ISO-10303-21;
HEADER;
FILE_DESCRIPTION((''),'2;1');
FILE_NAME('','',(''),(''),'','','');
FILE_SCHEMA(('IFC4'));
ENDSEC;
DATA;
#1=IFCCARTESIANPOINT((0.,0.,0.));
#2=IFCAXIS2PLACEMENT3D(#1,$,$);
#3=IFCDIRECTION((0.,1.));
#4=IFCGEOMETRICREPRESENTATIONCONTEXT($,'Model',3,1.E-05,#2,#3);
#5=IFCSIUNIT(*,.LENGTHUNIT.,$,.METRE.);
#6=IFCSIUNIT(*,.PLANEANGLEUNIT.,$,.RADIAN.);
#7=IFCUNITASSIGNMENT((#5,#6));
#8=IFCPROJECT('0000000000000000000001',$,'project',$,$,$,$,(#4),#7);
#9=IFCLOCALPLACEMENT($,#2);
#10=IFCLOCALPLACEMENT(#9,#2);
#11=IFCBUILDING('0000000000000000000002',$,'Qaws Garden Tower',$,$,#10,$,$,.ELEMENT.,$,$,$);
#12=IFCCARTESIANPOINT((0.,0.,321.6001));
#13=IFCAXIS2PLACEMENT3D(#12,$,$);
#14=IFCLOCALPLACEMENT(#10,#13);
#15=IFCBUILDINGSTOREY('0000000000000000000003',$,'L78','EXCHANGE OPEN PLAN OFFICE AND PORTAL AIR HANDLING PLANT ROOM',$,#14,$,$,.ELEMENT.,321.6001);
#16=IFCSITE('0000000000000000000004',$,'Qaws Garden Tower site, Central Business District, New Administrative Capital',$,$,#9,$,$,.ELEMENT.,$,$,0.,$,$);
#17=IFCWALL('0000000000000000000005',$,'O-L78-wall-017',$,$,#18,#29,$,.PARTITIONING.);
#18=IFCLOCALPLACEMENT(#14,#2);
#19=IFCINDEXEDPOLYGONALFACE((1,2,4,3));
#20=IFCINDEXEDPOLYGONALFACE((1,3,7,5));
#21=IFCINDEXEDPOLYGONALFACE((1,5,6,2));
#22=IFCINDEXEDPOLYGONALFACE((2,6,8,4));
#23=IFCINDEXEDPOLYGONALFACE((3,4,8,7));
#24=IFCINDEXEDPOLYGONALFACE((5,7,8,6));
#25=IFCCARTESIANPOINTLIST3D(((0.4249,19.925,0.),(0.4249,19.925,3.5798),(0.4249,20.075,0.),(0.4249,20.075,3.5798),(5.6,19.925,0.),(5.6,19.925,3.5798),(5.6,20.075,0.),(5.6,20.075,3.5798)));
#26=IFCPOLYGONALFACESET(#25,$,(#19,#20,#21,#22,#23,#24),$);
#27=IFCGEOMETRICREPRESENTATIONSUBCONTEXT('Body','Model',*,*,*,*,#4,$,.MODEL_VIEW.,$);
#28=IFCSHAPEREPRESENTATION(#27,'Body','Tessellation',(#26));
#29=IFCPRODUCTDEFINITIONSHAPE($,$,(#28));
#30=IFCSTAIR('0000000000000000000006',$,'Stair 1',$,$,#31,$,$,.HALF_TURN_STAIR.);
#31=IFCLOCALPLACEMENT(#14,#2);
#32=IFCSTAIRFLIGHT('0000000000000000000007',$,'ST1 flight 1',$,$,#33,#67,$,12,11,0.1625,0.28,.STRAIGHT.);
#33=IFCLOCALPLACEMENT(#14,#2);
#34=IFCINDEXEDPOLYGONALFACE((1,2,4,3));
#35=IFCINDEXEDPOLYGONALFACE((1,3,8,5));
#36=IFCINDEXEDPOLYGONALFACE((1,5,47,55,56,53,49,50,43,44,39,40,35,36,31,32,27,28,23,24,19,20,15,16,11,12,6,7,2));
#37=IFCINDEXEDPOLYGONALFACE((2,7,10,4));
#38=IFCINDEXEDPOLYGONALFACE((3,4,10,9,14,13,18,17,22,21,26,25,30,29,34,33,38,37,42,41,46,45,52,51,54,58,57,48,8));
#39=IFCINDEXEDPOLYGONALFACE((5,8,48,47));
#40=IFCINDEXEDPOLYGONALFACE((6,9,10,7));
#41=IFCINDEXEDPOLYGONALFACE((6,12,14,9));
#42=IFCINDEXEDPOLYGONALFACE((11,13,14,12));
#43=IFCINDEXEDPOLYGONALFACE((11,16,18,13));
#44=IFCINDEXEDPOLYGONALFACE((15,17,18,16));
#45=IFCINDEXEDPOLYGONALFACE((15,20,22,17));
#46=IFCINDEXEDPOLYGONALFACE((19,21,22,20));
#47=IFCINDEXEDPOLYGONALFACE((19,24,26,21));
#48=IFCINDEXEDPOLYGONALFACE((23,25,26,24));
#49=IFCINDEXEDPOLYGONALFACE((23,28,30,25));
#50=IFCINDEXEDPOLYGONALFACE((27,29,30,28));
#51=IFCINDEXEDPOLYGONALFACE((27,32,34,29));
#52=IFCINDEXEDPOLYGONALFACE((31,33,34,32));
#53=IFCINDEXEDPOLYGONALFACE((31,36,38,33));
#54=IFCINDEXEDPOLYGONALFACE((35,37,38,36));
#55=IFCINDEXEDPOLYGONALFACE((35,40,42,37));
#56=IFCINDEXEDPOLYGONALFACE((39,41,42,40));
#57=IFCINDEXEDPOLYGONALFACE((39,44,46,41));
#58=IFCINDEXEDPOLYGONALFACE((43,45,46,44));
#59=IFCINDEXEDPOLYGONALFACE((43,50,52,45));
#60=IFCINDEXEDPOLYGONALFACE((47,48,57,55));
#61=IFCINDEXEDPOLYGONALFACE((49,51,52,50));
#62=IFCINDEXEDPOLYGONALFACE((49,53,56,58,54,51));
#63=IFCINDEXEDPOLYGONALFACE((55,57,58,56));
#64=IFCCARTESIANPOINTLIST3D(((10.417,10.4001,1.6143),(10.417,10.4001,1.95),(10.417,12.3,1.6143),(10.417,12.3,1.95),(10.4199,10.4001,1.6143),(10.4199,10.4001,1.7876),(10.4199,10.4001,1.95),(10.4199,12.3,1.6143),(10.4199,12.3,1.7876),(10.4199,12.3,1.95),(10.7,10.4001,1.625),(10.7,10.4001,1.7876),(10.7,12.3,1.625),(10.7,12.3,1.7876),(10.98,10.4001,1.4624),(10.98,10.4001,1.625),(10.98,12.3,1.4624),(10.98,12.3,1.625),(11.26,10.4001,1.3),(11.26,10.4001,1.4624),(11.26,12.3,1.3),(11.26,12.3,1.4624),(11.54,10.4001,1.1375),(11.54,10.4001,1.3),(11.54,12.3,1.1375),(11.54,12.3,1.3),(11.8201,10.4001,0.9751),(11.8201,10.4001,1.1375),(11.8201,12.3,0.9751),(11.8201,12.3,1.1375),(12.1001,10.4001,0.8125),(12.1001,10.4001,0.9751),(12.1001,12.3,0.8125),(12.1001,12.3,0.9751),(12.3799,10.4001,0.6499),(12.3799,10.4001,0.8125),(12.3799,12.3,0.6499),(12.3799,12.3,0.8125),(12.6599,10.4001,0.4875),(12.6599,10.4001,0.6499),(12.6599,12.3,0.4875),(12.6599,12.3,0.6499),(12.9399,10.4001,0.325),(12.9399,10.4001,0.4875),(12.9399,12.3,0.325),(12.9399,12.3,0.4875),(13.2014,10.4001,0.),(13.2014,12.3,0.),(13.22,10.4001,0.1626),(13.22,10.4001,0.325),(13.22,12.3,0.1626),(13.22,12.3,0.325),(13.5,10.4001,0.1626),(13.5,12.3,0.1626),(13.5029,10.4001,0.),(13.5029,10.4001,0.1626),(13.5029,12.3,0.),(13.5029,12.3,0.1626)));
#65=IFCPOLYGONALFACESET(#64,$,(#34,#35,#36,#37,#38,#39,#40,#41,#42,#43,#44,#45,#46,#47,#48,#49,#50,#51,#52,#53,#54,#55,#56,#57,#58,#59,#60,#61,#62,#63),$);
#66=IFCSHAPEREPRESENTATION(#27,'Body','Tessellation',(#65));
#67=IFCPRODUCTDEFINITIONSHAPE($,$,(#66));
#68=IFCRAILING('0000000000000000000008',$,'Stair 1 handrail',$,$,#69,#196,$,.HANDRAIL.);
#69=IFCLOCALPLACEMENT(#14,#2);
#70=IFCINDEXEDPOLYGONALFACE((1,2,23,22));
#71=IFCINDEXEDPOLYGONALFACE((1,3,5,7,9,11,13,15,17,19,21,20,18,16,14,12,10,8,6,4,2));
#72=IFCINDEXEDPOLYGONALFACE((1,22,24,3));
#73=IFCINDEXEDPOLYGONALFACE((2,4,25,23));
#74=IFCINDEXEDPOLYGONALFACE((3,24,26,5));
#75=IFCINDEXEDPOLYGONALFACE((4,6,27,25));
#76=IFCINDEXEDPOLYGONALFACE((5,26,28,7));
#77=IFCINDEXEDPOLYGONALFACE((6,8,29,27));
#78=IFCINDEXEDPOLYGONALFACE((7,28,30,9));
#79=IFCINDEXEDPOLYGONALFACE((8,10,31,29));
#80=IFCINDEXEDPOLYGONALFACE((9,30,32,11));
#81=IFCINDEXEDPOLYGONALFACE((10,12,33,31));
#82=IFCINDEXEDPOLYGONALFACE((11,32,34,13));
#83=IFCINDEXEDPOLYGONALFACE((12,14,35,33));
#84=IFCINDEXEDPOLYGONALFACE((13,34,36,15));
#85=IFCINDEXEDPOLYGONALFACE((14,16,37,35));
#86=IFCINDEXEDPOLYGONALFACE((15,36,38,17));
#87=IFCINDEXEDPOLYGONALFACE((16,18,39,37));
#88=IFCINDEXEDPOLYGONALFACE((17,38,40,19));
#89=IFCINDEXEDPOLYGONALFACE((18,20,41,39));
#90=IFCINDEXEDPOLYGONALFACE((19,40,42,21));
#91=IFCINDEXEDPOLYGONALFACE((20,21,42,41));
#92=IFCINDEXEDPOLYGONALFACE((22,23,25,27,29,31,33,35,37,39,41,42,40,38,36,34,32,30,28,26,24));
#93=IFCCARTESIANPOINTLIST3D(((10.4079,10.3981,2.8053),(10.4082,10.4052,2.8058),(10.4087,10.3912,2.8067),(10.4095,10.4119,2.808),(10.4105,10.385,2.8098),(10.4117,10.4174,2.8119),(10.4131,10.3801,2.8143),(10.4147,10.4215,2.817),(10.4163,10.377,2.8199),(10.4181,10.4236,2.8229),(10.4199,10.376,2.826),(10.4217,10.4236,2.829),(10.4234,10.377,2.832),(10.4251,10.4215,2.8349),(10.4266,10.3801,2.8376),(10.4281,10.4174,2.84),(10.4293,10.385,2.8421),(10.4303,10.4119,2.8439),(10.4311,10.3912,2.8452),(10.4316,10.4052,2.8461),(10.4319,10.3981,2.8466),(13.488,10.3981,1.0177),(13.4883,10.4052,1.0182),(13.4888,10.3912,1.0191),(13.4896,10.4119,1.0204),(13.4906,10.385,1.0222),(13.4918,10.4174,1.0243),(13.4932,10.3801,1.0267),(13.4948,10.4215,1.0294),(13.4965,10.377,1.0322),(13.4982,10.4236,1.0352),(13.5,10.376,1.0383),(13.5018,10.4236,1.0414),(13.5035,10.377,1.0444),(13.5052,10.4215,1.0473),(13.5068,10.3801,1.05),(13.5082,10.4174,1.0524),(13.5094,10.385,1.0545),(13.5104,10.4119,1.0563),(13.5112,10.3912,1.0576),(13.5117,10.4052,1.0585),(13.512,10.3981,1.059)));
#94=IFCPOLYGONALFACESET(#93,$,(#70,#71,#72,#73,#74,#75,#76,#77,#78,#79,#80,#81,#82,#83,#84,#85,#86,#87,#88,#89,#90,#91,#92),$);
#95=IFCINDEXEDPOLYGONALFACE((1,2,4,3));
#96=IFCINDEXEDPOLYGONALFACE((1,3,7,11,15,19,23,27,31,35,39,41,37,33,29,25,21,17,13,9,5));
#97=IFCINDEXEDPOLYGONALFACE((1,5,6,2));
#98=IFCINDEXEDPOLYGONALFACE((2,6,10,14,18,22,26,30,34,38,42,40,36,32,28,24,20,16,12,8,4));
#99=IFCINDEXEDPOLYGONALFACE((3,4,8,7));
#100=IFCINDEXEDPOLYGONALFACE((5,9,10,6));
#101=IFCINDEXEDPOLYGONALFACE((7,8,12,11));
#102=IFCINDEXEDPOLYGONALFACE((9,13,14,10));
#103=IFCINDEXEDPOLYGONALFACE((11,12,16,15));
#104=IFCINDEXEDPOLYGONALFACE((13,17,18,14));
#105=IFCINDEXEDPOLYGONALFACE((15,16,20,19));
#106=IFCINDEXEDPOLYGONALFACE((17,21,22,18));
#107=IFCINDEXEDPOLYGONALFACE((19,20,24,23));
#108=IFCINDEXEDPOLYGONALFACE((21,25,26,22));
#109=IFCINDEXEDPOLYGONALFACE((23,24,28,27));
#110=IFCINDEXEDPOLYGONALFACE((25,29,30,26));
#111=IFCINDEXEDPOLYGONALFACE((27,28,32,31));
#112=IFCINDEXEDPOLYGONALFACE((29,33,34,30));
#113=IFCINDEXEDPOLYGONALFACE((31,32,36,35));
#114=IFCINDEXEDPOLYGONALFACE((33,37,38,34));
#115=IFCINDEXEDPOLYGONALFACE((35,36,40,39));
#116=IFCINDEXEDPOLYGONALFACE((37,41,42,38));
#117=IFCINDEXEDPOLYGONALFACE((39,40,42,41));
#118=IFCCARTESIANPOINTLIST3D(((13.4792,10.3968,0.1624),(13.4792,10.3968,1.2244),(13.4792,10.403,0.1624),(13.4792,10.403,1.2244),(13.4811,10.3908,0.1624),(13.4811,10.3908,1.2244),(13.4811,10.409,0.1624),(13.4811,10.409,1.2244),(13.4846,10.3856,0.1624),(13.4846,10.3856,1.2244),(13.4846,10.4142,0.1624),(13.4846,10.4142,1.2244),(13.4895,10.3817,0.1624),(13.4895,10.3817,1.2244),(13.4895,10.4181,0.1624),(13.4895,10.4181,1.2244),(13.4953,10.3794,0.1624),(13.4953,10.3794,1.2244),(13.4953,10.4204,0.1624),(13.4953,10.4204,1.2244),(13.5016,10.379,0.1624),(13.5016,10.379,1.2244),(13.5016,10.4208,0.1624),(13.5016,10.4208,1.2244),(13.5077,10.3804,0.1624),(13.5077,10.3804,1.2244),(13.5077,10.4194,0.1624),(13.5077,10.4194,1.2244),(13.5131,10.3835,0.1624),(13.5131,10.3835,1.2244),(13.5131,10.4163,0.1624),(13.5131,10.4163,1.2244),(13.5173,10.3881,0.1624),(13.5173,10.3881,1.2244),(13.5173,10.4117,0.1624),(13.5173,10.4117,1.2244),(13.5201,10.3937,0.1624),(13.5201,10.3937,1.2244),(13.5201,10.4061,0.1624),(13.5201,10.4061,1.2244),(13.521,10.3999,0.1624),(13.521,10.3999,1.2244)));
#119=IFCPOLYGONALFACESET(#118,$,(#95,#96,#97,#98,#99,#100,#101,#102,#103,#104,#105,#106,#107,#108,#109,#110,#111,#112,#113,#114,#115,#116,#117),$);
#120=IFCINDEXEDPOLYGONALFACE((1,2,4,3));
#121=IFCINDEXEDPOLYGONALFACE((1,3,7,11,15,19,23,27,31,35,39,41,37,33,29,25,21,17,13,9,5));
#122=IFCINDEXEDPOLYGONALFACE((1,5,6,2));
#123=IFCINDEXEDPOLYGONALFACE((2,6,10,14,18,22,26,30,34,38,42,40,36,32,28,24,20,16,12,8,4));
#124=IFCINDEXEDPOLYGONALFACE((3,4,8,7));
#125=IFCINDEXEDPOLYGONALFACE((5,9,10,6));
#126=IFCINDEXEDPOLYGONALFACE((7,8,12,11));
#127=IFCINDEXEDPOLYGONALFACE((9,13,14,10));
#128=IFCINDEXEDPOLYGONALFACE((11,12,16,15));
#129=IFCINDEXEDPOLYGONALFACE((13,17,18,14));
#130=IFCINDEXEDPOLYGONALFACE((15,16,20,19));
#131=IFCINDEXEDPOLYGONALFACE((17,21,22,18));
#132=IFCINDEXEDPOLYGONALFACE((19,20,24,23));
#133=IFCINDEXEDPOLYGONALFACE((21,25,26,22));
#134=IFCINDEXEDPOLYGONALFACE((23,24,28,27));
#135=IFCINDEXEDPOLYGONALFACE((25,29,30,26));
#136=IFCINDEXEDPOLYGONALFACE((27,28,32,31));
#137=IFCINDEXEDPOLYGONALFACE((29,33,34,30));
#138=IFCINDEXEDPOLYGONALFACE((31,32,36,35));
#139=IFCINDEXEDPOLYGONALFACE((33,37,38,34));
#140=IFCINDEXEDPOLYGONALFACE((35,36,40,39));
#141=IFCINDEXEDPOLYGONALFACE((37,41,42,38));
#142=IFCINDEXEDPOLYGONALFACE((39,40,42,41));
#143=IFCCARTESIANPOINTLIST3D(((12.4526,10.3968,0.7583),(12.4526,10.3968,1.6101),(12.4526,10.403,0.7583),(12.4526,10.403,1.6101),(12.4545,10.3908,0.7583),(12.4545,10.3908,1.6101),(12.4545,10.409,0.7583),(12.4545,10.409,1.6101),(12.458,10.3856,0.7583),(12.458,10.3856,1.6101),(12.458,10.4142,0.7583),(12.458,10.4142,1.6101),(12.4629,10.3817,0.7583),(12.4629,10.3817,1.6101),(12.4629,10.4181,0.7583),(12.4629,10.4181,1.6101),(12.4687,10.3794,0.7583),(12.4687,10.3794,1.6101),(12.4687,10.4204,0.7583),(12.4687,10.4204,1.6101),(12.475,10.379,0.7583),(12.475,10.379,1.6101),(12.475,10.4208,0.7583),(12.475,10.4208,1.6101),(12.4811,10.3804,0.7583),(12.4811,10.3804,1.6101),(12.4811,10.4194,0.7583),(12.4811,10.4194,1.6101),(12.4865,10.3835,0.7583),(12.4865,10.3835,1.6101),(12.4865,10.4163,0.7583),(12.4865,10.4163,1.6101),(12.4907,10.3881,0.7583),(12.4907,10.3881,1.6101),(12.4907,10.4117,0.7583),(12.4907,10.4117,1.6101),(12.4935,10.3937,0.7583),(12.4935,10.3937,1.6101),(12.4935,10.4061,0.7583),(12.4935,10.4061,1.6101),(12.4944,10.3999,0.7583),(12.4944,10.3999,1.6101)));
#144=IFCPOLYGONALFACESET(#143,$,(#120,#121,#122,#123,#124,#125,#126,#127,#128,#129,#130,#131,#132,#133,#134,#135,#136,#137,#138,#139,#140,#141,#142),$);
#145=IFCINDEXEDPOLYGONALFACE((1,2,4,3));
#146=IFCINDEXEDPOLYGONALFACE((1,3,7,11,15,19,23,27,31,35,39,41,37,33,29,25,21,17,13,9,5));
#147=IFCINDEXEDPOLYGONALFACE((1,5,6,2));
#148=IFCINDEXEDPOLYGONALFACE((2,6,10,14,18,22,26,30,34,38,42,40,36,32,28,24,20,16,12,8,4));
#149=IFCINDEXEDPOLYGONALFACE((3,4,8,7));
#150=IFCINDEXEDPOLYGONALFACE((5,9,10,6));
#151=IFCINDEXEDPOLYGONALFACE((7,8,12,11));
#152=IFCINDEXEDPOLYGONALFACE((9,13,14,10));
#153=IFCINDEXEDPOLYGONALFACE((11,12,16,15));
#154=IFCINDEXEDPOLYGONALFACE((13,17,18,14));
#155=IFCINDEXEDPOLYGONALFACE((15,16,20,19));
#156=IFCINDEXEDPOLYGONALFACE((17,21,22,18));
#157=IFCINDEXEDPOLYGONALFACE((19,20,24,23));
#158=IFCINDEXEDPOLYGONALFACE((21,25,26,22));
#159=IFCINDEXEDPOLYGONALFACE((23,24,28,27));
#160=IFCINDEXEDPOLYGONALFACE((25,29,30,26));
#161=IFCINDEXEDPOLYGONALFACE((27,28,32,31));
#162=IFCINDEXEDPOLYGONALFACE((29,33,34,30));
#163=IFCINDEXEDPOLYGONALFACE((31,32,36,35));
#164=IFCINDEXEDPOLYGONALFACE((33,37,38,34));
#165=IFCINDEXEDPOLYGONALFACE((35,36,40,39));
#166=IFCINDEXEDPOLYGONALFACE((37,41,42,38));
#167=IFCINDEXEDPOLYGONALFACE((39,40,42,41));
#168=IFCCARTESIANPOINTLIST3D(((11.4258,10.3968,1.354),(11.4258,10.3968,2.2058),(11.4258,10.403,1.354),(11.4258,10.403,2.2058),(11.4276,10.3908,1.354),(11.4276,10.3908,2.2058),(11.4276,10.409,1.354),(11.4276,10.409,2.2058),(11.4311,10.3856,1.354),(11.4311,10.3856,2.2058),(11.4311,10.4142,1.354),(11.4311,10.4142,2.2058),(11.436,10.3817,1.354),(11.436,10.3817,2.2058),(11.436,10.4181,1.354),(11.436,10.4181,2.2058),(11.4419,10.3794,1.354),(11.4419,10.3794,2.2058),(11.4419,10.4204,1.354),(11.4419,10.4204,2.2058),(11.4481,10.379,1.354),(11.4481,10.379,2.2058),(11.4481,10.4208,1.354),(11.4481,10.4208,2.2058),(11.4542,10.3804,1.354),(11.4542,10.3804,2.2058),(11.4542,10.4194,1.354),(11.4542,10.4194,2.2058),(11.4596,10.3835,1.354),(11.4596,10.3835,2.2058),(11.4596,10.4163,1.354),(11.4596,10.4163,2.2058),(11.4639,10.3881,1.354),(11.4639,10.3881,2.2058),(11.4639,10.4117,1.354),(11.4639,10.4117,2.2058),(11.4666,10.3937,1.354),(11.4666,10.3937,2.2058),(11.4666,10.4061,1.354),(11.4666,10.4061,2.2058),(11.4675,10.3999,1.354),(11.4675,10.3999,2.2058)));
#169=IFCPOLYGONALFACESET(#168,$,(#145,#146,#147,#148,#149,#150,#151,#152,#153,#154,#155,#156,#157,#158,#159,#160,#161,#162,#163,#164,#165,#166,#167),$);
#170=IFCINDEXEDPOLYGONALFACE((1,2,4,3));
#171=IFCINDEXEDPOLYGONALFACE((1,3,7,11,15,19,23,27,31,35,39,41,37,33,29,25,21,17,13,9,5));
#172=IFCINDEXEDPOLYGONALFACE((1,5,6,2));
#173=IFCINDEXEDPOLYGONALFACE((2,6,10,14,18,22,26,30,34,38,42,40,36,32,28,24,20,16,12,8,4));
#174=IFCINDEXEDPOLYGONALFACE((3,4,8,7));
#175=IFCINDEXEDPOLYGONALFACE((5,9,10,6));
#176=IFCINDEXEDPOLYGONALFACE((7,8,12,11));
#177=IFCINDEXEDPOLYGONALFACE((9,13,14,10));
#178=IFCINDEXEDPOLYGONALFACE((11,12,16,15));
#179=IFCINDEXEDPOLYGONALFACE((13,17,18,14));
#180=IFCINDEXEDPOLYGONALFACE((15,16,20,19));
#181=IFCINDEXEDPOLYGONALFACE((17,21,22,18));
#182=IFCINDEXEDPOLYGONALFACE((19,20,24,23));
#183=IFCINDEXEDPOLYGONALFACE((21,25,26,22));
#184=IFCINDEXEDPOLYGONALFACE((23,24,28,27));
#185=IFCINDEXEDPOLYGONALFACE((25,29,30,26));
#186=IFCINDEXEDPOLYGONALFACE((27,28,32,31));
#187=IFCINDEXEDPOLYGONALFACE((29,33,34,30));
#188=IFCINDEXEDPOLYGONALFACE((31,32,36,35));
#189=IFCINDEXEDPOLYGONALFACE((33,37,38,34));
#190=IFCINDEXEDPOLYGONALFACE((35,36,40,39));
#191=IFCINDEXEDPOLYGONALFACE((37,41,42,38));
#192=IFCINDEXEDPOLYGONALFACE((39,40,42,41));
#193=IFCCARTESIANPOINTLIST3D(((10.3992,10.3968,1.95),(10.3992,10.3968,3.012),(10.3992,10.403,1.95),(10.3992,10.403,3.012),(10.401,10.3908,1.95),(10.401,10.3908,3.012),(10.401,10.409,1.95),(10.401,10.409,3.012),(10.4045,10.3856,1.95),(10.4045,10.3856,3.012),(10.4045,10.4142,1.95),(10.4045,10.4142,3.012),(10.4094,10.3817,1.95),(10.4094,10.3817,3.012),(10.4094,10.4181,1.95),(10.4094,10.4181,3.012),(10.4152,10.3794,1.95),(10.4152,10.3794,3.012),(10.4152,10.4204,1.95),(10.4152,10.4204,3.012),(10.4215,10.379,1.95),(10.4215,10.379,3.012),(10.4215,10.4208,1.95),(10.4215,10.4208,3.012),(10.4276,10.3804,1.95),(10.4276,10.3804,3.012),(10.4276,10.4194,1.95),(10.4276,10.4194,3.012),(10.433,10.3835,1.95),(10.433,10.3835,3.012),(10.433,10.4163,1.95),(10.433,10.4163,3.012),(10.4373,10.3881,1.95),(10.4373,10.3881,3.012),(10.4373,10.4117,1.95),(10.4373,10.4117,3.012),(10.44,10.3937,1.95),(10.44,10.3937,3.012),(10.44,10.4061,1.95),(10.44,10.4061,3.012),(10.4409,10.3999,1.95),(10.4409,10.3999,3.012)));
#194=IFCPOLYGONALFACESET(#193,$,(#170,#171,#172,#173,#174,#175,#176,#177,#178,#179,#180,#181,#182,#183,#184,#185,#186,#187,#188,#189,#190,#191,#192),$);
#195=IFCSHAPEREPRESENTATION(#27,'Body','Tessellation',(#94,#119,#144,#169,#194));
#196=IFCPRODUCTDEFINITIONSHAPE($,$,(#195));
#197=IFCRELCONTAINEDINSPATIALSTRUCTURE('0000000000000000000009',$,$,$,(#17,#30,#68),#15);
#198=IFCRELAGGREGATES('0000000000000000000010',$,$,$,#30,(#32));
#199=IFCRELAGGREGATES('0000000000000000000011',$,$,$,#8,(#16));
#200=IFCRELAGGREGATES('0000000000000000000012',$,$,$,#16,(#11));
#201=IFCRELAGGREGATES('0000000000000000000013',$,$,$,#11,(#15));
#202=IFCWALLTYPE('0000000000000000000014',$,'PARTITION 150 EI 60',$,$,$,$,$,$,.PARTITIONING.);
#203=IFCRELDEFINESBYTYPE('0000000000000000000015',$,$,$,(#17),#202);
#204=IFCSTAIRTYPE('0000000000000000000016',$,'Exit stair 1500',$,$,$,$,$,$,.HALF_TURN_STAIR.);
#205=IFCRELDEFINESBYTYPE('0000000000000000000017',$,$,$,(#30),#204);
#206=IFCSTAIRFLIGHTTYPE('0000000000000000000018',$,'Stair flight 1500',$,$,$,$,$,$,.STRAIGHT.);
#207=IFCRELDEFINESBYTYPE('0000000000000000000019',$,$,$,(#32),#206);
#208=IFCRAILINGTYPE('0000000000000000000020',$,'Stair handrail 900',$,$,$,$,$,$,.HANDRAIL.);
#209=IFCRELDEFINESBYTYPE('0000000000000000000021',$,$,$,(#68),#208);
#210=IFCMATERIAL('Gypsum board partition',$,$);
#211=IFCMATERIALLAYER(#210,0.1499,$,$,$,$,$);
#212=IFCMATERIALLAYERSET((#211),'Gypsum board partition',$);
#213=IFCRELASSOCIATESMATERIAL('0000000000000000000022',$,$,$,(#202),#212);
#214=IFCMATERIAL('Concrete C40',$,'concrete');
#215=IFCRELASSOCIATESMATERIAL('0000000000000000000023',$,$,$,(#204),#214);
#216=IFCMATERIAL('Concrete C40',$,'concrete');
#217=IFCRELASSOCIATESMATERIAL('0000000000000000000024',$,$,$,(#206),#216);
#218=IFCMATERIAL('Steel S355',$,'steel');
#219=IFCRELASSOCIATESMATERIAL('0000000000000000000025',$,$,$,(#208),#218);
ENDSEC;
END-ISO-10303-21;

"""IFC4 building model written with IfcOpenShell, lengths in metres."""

from ifc_helpers import new_model, si_unit, direction, frame, frame_2d, origin, origin_2d, place, context, subcontext, project, spatial, polyline, rectangle, circle, outline, extrude, material, layer, layer_set, type_object, element, aggregate, save


model = new_model("IFC4")

# Units and contexts
model_context = context("Model", 3, precision=1e-05, world=origin(), true_north=direction((0.0, 1.0)))
body_context = subcontext(model_context, "Body", "Model", "MODEL_VIEW")
ifc_project = project(units=[si_unit("LENGTHUNIT", "METRE"), si_unit("PLANEANGLEUNIT", "RADIAN")], contexts=[model_context])

# Site, building, storey
site_placement = place(None, origin())
site = spatial("IfcSite", under=ifc_project, at=site_placement, Name="Qaws Garden Tower site, Central Business District, New Administrative Capital", CompositionType="ELEMENT", RefElevation=0.0)
building_placement = place(site_placement, origin())
building = spatial("IfcBuilding", under=site, at=building_placement, Name="Qaws Garden Tower", CompositionType="ELEMENT")
storey_placement = place(building_placement, frame((0.0, 0.0, 321.6001)))
storey = spatial("IfcBuildingStorey", under=building, at=storey_placement, Name="L78", Description="EXCHANGE OPEN PLAN OFFICE AND PORTAL AIR HANDLING PLANT ROOM", CompositionType="ELEMENT", Elevation=321.6001)

# Shared definitions
ifc_material_1 = material(Name="Gypsum board partition")
ifc_layer_1 = layer(ifc_material_1, 0.1499)
ifc_layer_set_1 = layer_set([ifc_layer_1], Name="Gypsum board partition")
wall_type_1 = type_object("IfcWallType", Name="PARTITION 150 EI 60", PredefinedType="PARTITIONING", material=ifc_layer_set_1)

# Wall
wall_1_placement = place(storey_placement, frame((0.425, 20.0, 0.0), z_axis=(0.0, 0.0, 1.0), x_axis=(1.0, 0.0, 0.0)))
element("IfcWall", 1, at=wall_1_placement, inside=storey, type_object=wall_type_1, Name="O-L78-wall-017", PredefinedType="PARTITIONING", context=body_context, shape_type="SweptSolid", body=[
    extrude(rectangle(XDim=5.175, YDim=0.1499, at=frame_2d((2.5874, 0.0))), origin(), (0.0, 0.0, 1.0), 3.5798),
])

# Stair, stair flight
ifc_material_2 = material(Name="Concrete C40", Category="concrete")
stair_type = type_object("IfcStairType", Name="Exit stair 1500", PredefinedType="HALF_TURN_STAIR", material=ifc_material_2)
stair_placement = place(storey_placement, origin())
stair = element("IfcStair", 2, at=stair_placement, inside=storey, type_object=stair_type, Name="Stair 1", PredefinedType="HALF_TURN_STAIR")
ifc_material_3 = material(Name="Concrete C40", Category="concrete")
stair_flight_type = type_object("IfcStairFlightType", Name="Stair flight 1500", PredefinedType="STRAIGHT", material=ifc_material_3)
stair_flight_placement = place(storey_placement, frame((13.5, 11.3501, 0.0), z_axis=(0.0, 0.0, 1.0), x_axis=(-1.0, 0.0, 0.0)))
stair_flight = element("IfcStairFlight", 3, at=stair_flight_placement, type_object=stair_flight_type, Name="ST1 flight 1", NumberOfRisers=12, NumberOfTreads=11, PredefinedType="STRAIGHT", RiserHeight=0.1625, TreadLength=0.28, context=body_context, shape_type="SweptSolid", body=[
    extrude(outline(polyline([(-0.0029, 0.0), (-0.0029, 0.1626), (0.0, 0.1626), (0.28, 0.1626), (0.28, 0.325), (0.5601, 0.325), (0.5601, 0.4875), (0.8401, 0.4875), (0.8401, 0.6499), (1.1201, 0.6499), (1.1201, 0.8125), (1.3999, 0.8125), (1.3999, 0.9751), (1.6799, 0.9751), (1.6799, 1.1375), (1.96, 1.1375), (1.96, 1.3), (2.24, 1.3), (2.24, 1.4624), (2.52, 1.4624), (2.52, 1.625), (2.8, 1.625), (2.8, 1.7876), (3.0801, 1.7876), (3.0801, 1.95), (3.083, 1.95), (3.083, 1.6143), (3.0801, 1.6143), (0.2986, 0.0), (-0.0029, 0.0)])), frame((0.0, 0.95, 0.0), z_axis=(0.0, -1.0, 0.0), x_axis=(1.0, 0.0, 0.0)), (0.0, 0.0, 1.0), 1.8999),
])
aggregate(stair, [stair_flight])

# Railing
ifc_material_4 = material(Name="Steel S355", Category="steel")
railing_type = type_object("IfcRailingType", Name="Stair handrail 900", PredefinedType="HANDRAIL", material=ifc_material_4)
railing_1_placement = place(storey_placement, frame((13.5, 10.3999, 0.1624)))
element("IfcRailing", 4, at=railing_1_placement, inside=storey, type_object=railing_type, Name="Stair 1 handrail", PredefinedType="HANDRAIL", context=body_context, shape_type="SweptSolid", body=[
    extrude(circle(Radius=0.0239, at=origin_2d()), frame((0.0, 0.0, 0.876), z_axis=(-0.864891, 0.0, 0.50196), x_axis=(0.0, -1.0, 0.0)), (0.0, 0.0, 1.0), 3.5613),
    extrude(circle(Radius=0.021, at=origin_2d()), origin(), (0.0, 0.0, 1.0), 1.062),
    extrude(circle(Radius=0.021, at=origin_2d()), frame((-1.0266, 0.0, 0.5959)), (0.0, 0.0, 1.0), 0.8518),
    extrude(circle(Radius=0.021, at=origin_2d()), frame((-2.0535, 0.0, 1.1917)), (0.0, 0.0, 1.0), 0.8518),
    extrude(circle(Radius=0.021, at=origin_2d()), frame((-3.0801, 0.0, 1.7876)), (0.0, 0.0, 1.0), 1.062),
])

save(model, "model.ifc")
